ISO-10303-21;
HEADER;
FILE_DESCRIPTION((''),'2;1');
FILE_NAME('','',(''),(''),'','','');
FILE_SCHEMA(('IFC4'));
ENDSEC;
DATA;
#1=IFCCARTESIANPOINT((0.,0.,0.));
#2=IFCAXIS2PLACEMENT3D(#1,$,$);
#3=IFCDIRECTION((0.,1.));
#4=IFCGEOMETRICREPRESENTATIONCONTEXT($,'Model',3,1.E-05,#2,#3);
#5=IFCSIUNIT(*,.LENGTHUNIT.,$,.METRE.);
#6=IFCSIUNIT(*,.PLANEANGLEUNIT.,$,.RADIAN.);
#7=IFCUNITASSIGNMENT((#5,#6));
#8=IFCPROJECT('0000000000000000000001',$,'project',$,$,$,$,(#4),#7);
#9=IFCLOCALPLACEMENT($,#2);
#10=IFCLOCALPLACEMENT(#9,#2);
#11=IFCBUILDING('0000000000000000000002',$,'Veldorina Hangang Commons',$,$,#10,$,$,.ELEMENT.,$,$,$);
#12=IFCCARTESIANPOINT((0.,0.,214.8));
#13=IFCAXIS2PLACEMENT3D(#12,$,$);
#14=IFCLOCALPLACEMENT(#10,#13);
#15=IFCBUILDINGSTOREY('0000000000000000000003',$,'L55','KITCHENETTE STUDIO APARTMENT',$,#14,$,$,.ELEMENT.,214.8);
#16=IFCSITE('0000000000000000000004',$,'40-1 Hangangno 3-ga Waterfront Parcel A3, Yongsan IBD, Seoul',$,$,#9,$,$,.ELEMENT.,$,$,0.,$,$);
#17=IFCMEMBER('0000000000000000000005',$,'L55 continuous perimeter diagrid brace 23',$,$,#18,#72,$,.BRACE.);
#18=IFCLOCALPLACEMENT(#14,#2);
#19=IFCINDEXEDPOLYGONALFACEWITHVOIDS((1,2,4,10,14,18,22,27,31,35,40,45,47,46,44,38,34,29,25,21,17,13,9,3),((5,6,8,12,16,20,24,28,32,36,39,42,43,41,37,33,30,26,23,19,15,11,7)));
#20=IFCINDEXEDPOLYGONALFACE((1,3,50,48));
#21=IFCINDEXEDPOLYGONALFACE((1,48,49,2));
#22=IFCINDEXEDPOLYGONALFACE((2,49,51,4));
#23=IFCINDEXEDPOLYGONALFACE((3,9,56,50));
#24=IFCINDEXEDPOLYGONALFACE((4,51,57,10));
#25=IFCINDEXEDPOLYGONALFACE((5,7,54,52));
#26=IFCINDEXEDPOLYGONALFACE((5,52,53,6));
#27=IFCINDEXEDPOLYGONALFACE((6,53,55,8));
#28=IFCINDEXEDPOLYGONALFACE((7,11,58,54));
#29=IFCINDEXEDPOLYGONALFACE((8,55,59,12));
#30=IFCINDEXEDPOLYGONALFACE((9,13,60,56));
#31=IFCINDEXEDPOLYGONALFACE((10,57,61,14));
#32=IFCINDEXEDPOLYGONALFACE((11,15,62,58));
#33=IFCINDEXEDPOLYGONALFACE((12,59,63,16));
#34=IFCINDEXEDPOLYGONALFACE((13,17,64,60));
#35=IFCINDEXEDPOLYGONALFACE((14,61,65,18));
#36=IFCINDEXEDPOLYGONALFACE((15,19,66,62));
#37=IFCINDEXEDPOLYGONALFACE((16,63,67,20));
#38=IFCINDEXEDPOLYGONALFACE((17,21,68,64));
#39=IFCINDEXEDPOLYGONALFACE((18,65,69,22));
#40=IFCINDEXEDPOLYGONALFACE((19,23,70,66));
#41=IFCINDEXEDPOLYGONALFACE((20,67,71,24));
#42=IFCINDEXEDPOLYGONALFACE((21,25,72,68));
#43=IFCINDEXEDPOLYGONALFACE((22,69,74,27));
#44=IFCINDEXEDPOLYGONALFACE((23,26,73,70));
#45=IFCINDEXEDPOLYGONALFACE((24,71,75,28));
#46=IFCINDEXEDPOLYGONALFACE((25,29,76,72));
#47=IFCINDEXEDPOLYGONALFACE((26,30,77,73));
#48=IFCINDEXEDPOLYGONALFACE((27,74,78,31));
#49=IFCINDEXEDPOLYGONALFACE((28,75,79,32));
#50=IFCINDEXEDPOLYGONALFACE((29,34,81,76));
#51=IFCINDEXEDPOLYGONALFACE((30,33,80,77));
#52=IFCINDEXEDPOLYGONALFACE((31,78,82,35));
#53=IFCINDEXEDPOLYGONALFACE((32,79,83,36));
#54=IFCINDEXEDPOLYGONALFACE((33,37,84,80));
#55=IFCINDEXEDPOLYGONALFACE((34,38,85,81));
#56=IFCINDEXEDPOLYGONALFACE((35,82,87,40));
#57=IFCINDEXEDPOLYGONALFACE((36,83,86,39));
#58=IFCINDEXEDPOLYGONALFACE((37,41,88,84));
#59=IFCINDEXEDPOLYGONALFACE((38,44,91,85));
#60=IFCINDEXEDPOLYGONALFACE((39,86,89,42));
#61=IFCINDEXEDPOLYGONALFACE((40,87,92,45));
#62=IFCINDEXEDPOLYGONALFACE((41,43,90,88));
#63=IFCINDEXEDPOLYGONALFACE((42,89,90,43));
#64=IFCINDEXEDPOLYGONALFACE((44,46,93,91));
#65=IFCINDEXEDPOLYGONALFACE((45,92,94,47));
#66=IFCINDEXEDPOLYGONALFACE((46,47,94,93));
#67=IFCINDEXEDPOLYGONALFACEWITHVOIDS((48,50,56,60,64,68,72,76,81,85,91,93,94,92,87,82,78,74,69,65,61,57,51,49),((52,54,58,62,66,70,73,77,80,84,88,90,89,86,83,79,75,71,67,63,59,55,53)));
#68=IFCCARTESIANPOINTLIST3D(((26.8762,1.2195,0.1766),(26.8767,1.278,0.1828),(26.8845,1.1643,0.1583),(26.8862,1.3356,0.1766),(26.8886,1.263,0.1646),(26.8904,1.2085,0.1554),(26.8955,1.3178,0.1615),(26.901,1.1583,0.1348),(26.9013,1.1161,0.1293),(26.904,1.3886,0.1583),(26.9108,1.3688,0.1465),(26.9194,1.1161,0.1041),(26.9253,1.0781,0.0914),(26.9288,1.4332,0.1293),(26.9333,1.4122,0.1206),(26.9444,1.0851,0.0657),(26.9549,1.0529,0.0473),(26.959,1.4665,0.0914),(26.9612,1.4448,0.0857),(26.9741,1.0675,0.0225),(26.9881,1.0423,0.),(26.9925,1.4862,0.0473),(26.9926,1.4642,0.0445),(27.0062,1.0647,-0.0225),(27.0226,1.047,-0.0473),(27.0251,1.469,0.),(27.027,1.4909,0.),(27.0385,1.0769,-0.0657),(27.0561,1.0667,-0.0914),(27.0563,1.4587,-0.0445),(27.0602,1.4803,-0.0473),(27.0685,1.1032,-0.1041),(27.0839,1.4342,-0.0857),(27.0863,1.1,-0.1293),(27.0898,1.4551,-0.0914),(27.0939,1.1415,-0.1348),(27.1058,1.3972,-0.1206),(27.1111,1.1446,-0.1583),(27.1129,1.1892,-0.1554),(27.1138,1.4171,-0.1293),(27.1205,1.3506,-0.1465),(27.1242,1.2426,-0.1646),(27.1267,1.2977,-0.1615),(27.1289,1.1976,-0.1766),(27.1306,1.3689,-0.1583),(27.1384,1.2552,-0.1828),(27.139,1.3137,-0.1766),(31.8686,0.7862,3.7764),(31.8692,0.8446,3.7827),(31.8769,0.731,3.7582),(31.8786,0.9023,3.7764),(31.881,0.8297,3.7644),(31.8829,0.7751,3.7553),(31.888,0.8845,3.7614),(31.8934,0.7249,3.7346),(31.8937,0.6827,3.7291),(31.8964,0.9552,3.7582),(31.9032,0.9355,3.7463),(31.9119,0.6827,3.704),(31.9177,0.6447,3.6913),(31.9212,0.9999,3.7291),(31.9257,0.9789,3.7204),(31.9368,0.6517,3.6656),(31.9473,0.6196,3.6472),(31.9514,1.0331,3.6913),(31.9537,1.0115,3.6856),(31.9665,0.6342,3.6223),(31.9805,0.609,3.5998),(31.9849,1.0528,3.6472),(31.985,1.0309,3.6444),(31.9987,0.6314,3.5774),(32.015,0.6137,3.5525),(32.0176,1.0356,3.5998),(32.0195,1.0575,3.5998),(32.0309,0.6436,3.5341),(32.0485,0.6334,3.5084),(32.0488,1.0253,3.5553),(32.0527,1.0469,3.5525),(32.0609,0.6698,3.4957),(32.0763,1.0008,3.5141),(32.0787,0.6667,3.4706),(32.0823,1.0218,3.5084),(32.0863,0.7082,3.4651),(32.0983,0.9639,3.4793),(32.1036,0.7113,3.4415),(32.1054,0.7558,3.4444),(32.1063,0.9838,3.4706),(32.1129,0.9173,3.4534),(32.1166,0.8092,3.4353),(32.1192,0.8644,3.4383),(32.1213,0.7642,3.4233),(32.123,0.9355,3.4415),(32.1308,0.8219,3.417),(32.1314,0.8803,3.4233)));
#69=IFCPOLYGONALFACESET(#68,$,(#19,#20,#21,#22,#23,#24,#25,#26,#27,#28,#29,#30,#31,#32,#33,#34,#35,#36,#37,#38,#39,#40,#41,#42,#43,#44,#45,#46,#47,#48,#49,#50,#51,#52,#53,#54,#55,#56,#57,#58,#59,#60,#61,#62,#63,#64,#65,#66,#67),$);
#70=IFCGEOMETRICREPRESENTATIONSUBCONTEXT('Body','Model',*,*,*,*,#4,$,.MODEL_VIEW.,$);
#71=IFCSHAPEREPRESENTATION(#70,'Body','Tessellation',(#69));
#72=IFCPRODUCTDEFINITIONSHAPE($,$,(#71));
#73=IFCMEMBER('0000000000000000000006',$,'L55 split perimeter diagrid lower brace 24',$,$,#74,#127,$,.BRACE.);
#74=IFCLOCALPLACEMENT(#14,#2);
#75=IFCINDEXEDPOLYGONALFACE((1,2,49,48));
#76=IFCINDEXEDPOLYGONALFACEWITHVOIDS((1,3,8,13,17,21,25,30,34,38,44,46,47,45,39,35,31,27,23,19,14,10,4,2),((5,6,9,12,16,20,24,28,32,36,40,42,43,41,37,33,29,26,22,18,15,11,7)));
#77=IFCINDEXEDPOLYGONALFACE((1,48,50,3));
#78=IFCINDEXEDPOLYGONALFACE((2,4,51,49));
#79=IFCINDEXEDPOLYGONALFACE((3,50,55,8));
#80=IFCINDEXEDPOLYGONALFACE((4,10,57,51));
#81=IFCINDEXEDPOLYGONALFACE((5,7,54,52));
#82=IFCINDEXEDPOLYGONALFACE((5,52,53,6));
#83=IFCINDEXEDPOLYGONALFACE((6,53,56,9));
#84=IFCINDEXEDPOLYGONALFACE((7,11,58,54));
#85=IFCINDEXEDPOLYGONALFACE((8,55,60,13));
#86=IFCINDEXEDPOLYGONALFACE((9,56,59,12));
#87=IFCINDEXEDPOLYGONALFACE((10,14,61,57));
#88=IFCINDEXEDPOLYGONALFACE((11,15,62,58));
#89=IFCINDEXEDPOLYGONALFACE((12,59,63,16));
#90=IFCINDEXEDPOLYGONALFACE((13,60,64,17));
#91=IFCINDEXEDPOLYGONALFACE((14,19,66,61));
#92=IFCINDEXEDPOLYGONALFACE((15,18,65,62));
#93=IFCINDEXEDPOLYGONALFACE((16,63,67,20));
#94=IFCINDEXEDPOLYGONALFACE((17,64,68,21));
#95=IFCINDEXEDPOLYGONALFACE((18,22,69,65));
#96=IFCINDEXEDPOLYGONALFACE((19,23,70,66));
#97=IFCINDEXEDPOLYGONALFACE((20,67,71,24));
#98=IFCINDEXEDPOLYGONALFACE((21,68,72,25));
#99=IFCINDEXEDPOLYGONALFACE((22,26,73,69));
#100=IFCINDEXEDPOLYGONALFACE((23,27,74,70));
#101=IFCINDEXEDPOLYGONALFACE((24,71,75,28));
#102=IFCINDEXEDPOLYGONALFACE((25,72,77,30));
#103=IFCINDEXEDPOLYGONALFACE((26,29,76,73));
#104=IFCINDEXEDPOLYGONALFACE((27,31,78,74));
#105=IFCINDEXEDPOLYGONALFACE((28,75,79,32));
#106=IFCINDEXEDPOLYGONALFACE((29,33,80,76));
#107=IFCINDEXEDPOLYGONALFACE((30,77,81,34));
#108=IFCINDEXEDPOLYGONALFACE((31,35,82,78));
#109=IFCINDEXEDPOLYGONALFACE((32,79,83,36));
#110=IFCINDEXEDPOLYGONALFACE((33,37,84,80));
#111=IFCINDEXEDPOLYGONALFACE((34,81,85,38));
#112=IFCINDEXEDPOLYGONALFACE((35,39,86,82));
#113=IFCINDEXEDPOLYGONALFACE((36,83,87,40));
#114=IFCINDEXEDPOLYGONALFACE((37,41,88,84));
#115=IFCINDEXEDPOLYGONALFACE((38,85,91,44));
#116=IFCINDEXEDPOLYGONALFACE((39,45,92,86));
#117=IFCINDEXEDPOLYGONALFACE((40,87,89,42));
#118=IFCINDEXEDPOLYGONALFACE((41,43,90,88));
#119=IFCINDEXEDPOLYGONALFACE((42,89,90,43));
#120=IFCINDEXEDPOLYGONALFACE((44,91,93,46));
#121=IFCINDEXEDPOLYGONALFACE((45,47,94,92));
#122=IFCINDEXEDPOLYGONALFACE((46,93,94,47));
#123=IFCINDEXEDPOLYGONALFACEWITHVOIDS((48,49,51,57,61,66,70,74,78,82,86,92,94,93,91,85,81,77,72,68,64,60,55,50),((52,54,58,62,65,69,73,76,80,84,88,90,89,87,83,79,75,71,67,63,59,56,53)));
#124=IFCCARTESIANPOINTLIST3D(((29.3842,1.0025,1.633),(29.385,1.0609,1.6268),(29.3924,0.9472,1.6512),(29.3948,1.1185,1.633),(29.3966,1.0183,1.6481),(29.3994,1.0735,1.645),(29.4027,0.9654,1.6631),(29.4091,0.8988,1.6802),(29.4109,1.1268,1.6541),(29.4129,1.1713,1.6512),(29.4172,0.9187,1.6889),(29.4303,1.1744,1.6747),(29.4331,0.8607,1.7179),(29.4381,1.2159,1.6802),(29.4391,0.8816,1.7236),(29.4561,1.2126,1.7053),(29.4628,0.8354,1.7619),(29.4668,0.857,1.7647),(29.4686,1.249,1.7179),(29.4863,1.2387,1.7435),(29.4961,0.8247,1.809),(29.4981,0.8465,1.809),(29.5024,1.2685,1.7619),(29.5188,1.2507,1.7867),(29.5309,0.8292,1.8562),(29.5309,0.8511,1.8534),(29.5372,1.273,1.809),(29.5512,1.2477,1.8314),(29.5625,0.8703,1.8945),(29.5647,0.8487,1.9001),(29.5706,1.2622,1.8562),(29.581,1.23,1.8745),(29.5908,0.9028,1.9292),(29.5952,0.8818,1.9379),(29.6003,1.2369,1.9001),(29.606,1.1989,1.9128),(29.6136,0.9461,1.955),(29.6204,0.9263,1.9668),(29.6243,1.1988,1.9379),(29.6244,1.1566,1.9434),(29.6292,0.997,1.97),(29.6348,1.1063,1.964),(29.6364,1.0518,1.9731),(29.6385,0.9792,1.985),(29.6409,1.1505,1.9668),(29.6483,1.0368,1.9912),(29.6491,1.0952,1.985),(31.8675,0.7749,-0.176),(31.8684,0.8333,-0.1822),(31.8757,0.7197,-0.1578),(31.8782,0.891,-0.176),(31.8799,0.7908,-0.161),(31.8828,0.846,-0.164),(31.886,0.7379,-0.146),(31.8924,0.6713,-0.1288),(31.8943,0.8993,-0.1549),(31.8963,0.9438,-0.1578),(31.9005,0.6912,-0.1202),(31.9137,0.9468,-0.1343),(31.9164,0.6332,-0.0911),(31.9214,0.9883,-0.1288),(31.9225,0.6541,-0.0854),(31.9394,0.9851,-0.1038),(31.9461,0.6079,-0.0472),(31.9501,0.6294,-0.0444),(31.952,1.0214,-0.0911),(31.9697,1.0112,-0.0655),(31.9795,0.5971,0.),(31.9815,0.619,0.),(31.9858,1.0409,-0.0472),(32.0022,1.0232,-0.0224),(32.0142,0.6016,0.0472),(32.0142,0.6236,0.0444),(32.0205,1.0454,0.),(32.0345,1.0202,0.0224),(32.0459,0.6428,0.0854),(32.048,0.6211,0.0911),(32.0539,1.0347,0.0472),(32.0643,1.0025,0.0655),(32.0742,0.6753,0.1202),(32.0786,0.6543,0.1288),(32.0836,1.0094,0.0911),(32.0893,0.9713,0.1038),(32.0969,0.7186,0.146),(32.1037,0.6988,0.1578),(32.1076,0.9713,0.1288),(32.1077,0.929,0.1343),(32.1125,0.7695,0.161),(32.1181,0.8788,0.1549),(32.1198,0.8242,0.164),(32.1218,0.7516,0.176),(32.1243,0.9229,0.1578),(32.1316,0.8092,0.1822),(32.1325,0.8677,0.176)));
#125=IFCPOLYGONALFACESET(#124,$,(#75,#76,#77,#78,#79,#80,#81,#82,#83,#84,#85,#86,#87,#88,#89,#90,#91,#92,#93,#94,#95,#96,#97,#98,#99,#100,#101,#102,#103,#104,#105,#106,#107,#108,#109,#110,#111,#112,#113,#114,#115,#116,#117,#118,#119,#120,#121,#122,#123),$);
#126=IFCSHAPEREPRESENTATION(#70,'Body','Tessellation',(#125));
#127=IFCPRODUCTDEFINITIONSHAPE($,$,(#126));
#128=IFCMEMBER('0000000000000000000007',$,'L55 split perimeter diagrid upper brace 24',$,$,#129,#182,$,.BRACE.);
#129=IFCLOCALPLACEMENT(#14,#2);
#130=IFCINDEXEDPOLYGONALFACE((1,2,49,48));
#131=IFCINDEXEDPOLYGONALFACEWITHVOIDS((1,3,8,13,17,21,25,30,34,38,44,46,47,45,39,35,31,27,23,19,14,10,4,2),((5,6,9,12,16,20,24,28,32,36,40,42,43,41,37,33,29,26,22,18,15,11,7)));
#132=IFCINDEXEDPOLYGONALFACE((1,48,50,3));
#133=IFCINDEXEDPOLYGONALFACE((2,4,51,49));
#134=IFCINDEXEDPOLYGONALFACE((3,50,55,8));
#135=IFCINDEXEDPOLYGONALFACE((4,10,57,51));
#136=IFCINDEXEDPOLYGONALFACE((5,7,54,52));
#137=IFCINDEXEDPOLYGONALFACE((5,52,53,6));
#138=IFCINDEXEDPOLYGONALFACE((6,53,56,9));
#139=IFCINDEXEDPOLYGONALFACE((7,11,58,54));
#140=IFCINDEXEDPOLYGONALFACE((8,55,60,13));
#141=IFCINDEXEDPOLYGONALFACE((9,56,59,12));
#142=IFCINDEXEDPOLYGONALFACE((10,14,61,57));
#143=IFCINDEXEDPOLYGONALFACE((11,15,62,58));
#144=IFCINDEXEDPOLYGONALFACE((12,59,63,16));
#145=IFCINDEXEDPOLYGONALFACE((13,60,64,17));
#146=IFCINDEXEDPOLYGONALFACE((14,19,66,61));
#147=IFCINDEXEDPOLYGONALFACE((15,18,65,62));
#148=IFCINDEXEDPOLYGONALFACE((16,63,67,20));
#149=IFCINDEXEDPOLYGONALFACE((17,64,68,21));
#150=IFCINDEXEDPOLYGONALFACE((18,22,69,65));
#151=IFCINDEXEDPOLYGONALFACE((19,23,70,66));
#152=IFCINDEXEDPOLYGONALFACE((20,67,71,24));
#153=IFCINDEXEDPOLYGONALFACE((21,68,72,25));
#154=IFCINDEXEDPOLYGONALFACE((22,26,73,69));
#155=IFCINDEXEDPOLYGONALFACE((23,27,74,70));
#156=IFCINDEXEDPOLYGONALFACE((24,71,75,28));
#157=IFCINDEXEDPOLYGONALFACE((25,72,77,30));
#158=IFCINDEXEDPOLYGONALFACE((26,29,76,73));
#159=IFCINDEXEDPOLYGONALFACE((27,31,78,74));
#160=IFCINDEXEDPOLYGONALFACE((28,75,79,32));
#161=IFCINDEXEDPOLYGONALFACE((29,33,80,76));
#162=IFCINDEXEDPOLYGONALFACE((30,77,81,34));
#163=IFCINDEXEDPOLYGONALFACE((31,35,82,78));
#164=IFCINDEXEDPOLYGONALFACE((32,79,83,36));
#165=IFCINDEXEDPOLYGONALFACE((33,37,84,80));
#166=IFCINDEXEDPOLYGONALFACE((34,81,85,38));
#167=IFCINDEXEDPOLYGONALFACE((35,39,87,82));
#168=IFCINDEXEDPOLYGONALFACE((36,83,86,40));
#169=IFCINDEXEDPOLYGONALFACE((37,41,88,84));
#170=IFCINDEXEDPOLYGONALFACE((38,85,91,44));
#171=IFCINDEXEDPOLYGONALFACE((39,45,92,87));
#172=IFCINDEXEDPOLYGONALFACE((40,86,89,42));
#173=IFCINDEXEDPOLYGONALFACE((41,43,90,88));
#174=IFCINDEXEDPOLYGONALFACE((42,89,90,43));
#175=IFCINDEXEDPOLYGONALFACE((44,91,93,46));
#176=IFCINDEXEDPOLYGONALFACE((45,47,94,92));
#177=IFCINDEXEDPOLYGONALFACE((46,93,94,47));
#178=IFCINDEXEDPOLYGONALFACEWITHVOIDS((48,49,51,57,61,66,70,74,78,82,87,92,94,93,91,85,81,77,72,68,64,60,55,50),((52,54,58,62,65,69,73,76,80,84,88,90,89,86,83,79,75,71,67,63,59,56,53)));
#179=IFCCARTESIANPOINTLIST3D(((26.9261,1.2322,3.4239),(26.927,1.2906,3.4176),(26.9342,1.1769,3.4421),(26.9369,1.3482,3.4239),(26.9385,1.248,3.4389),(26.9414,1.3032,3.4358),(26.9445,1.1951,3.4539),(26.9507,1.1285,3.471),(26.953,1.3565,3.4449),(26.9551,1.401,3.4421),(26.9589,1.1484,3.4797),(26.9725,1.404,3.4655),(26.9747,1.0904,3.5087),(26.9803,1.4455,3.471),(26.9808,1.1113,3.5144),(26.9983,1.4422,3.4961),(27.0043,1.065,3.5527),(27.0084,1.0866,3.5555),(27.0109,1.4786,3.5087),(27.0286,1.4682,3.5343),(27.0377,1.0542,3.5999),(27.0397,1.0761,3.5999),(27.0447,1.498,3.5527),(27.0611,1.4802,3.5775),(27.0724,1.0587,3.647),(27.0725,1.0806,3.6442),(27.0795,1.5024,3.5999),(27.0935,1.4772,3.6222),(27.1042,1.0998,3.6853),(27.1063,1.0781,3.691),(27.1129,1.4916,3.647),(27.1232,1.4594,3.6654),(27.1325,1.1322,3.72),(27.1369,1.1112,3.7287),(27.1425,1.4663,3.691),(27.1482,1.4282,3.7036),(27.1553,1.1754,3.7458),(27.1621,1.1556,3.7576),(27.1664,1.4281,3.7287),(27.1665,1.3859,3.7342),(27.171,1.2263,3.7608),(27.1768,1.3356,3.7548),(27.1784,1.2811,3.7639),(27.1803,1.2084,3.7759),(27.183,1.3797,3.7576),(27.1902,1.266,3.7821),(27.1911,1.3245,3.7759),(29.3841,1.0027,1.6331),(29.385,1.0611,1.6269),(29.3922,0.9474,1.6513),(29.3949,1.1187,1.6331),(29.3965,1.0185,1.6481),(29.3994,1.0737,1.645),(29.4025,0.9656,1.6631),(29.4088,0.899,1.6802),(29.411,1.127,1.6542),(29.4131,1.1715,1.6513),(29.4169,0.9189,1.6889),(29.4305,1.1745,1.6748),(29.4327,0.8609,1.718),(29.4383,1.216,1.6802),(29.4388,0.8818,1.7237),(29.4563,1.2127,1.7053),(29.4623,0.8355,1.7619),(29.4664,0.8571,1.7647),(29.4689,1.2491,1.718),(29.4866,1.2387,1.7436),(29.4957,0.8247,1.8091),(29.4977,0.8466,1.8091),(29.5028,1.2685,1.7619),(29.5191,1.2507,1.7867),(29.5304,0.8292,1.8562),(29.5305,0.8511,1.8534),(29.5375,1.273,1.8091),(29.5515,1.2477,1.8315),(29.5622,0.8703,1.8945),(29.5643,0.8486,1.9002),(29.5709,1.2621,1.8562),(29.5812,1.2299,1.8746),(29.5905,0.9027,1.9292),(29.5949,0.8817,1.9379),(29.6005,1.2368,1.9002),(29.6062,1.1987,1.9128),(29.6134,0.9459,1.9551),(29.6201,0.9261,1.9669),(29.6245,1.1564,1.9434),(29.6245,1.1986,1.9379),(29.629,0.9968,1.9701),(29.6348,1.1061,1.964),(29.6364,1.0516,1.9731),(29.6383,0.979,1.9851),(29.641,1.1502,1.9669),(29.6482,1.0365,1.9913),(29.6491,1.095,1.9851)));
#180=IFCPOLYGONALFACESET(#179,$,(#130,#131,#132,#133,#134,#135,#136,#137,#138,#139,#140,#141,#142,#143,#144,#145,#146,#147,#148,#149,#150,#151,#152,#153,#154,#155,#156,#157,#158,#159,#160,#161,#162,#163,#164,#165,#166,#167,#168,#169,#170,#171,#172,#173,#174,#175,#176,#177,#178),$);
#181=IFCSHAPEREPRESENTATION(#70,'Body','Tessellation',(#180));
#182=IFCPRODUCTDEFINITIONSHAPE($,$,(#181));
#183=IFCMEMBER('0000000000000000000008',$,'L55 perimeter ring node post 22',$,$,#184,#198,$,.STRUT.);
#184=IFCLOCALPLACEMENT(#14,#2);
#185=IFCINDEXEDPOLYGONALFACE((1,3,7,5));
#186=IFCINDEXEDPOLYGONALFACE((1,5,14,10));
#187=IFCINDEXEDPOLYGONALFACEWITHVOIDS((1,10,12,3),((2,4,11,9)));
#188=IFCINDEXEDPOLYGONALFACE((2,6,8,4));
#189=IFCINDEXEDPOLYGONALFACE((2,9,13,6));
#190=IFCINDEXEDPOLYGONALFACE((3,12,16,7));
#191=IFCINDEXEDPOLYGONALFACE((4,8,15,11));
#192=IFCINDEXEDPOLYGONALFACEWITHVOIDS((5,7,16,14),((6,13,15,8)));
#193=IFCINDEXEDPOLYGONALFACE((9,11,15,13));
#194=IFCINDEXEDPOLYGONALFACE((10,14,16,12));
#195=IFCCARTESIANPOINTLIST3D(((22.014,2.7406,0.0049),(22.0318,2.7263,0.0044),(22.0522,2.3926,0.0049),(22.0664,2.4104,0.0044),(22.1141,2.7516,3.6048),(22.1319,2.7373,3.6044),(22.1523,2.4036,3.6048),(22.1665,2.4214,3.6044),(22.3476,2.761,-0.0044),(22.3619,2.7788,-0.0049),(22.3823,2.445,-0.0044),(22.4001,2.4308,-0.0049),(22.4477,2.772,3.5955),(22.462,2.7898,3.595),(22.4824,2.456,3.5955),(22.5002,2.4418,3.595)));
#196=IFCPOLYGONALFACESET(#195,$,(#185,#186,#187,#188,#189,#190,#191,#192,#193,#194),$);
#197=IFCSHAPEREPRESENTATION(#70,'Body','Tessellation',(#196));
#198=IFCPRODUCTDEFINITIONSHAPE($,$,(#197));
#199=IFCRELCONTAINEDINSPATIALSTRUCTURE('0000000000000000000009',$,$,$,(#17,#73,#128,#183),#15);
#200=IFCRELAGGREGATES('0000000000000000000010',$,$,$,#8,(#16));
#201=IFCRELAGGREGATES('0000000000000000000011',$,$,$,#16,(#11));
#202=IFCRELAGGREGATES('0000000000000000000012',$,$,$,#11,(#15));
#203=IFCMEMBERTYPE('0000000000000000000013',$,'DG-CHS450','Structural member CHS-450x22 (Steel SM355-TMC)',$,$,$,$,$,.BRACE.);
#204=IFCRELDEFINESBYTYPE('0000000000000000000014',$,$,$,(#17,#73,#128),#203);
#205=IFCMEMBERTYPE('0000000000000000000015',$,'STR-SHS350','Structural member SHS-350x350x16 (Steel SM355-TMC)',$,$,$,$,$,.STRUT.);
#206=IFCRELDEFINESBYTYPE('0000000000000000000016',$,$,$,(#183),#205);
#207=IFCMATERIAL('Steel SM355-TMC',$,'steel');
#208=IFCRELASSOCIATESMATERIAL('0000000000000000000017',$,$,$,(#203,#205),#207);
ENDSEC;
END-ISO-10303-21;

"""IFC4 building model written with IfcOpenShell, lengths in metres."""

from ifc_helpers import new_model, si_unit, direction, frame, origin, origin_2d, place, context, subcontext, project, spatial, hollow_rectangle, hollow_circle, extrude, material, material_profile, profile_set, type_object, element, save


model = new_model("IFC4")

# Units and contexts
model_context = context("Model", 3, precision=1e-05, world=origin(), true_north=direction((0.0, 1.0)))
body_context = subcontext(model_context, "Body", "Model", "MODEL_VIEW")
ifc_project = project(units=[si_unit("LENGTHUNIT", "METRE"), si_unit("PLANEANGLEUNIT", "RADIAN")], contexts=[model_context])

# Site, building, storey
site_placement = place(None, origin())
site = spatial("IfcSite", under=ifc_project, at=site_placement, Name="40-1 Hangangno 3-ga Waterfront Parcel A3, Yongsan IBD, Seoul", CompositionType="ELEMENT", RefElevation=0.0)
building_placement = place(site_placement, origin())
building = spatial("IfcBuilding", under=site, at=building_placement, Name="Veldorina Hangang Commons", CompositionType="ELEMENT")
storey_placement = place(building_placement, frame((0.0, 0.0, 214.8)))
storey = spatial("IfcBuildingStorey", under=building, at=storey_placement, Name="L55", Description="KITCHENETTE STUDIO APARTMENT", CompositionType="ELEMENT", Elevation=214.8)

# Shared definitions
ifc_material_1 = material(Name="Steel SM355-TMC", Category="steel")

# Members
ifc_material_profile_1 = material_profile(ifc_material_1, hollow_circle(Radius=0.2251, WallThickness=0.022, at=origin_2d()), Name="CHS-450x22")
ifc_profile_set_1 = profile_set([ifc_material_profile_1], Name="Steel SM355-TMC")
member_type_1 = type_object("IfcMemberType", Name="DG-CHS450", Description="Structural member CHS-450x22 (Steel SM355-TMC)", PredefinedType="BRACE", material=ifc_profile_set_1)
member_1_placement = place(storey_placement, frame((27.0076, 1.2666, 0.0), z_axis=(0.809123, -0.070233, 0.583428), x_axis=(0.086476, 0.996254, 0.0)))
element("IfcMember", 1, at=member_1_placement, inside=storey, type_object=member_type_1, Name="L55 continuous perimeter diagrid brace 23", PredefinedType="BRACE", context=body_context, shape_type="SweptSolid", body=[
    extrude(hollow_circle(Radius=0.2251, WallThickness=0.022, at=origin_2d()), origin(), (0.0, 0.0, 1.0), 6.1702),
])
member_2_placement = place(storey_placement, frame((32.0, 0.8213, 0.0), z_axis=(-0.806068, 0.073855, 0.587197), x_axis=(-0.091242, -0.995829, 0.0)))
element("IfcMember", 2, at=member_2_placement, inside=storey, type_object=member_type_1, Name="L55 split perimeter diagrid lower brace 24", PredefinedType="BRACE", context=body_context, shape_type="SweptSolid", body=[
    extrude(hollow_circle(Radius=0.2251, WallThickness=0.022, at=origin_2d()), origin(), (0.0, 0.0, 1.0), 3.0808),
])
member_3_placement = place(storey_placement, frame((29.5166, 1.0488, 1.8091), z_axis=(-0.805955, 0.075248, 0.587175), x_axis=(-0.092961, -0.99567, 0.0)))
element("IfcMember", 3, at=member_3_placement, inside=storey, type_object=member_type_1, Name="L55 split perimeter diagrid upper brace 24", PredefinedType="BRACE", context=body_context, shape_type="SweptSolid", body=[
    extrude(hollow_circle(Radius=0.2251, WallThickness=0.022, at=origin_2d()), origin(), (0.0, 0.0, 1.0), 3.0498),
])
ifc_material_profile_2 = material_profile(ifc_material_1, hollow_rectangle(XDim=0.3501, YDim=0.3501, WallThickness=0.0161, at=origin_2d()), Name="SHS-350x350x16")
ifc_profile_set_2 = profile_set([ifc_material_profile_2], Name="Steel SM355-TMC")
member_type_2 = type_object("IfcMemberType", Name="STR-SHS350", Description="Structural member SHS-350x350x16 (Steel SM355-TMC)", PredefinedType="STRUT", material=ifc_profile_set_2)
member_4_placement = place(storey_placement, frame((22.207, 2.5857, 0.0), z_axis=(0.027795, 0.003051, 0.999609), x_axis=(-0.109101, 0.994031, 0.0)))
element("IfcMember", 4, at=member_4_placement, inside=storey, type_object=member_type_2, Name="L55 perimeter ring node post 22", PredefinedType="STRUT", context=body_context, shape_type="SweptSolid", body=[
    extrude(hollow_rectangle(XDim=0.3501, YDim=0.3501, WallThickness=0.0161, at=origin_2d()), origin(), (0.0, 0.0, 1.0), 3.6013),
])

save(model, "model.ifc")
